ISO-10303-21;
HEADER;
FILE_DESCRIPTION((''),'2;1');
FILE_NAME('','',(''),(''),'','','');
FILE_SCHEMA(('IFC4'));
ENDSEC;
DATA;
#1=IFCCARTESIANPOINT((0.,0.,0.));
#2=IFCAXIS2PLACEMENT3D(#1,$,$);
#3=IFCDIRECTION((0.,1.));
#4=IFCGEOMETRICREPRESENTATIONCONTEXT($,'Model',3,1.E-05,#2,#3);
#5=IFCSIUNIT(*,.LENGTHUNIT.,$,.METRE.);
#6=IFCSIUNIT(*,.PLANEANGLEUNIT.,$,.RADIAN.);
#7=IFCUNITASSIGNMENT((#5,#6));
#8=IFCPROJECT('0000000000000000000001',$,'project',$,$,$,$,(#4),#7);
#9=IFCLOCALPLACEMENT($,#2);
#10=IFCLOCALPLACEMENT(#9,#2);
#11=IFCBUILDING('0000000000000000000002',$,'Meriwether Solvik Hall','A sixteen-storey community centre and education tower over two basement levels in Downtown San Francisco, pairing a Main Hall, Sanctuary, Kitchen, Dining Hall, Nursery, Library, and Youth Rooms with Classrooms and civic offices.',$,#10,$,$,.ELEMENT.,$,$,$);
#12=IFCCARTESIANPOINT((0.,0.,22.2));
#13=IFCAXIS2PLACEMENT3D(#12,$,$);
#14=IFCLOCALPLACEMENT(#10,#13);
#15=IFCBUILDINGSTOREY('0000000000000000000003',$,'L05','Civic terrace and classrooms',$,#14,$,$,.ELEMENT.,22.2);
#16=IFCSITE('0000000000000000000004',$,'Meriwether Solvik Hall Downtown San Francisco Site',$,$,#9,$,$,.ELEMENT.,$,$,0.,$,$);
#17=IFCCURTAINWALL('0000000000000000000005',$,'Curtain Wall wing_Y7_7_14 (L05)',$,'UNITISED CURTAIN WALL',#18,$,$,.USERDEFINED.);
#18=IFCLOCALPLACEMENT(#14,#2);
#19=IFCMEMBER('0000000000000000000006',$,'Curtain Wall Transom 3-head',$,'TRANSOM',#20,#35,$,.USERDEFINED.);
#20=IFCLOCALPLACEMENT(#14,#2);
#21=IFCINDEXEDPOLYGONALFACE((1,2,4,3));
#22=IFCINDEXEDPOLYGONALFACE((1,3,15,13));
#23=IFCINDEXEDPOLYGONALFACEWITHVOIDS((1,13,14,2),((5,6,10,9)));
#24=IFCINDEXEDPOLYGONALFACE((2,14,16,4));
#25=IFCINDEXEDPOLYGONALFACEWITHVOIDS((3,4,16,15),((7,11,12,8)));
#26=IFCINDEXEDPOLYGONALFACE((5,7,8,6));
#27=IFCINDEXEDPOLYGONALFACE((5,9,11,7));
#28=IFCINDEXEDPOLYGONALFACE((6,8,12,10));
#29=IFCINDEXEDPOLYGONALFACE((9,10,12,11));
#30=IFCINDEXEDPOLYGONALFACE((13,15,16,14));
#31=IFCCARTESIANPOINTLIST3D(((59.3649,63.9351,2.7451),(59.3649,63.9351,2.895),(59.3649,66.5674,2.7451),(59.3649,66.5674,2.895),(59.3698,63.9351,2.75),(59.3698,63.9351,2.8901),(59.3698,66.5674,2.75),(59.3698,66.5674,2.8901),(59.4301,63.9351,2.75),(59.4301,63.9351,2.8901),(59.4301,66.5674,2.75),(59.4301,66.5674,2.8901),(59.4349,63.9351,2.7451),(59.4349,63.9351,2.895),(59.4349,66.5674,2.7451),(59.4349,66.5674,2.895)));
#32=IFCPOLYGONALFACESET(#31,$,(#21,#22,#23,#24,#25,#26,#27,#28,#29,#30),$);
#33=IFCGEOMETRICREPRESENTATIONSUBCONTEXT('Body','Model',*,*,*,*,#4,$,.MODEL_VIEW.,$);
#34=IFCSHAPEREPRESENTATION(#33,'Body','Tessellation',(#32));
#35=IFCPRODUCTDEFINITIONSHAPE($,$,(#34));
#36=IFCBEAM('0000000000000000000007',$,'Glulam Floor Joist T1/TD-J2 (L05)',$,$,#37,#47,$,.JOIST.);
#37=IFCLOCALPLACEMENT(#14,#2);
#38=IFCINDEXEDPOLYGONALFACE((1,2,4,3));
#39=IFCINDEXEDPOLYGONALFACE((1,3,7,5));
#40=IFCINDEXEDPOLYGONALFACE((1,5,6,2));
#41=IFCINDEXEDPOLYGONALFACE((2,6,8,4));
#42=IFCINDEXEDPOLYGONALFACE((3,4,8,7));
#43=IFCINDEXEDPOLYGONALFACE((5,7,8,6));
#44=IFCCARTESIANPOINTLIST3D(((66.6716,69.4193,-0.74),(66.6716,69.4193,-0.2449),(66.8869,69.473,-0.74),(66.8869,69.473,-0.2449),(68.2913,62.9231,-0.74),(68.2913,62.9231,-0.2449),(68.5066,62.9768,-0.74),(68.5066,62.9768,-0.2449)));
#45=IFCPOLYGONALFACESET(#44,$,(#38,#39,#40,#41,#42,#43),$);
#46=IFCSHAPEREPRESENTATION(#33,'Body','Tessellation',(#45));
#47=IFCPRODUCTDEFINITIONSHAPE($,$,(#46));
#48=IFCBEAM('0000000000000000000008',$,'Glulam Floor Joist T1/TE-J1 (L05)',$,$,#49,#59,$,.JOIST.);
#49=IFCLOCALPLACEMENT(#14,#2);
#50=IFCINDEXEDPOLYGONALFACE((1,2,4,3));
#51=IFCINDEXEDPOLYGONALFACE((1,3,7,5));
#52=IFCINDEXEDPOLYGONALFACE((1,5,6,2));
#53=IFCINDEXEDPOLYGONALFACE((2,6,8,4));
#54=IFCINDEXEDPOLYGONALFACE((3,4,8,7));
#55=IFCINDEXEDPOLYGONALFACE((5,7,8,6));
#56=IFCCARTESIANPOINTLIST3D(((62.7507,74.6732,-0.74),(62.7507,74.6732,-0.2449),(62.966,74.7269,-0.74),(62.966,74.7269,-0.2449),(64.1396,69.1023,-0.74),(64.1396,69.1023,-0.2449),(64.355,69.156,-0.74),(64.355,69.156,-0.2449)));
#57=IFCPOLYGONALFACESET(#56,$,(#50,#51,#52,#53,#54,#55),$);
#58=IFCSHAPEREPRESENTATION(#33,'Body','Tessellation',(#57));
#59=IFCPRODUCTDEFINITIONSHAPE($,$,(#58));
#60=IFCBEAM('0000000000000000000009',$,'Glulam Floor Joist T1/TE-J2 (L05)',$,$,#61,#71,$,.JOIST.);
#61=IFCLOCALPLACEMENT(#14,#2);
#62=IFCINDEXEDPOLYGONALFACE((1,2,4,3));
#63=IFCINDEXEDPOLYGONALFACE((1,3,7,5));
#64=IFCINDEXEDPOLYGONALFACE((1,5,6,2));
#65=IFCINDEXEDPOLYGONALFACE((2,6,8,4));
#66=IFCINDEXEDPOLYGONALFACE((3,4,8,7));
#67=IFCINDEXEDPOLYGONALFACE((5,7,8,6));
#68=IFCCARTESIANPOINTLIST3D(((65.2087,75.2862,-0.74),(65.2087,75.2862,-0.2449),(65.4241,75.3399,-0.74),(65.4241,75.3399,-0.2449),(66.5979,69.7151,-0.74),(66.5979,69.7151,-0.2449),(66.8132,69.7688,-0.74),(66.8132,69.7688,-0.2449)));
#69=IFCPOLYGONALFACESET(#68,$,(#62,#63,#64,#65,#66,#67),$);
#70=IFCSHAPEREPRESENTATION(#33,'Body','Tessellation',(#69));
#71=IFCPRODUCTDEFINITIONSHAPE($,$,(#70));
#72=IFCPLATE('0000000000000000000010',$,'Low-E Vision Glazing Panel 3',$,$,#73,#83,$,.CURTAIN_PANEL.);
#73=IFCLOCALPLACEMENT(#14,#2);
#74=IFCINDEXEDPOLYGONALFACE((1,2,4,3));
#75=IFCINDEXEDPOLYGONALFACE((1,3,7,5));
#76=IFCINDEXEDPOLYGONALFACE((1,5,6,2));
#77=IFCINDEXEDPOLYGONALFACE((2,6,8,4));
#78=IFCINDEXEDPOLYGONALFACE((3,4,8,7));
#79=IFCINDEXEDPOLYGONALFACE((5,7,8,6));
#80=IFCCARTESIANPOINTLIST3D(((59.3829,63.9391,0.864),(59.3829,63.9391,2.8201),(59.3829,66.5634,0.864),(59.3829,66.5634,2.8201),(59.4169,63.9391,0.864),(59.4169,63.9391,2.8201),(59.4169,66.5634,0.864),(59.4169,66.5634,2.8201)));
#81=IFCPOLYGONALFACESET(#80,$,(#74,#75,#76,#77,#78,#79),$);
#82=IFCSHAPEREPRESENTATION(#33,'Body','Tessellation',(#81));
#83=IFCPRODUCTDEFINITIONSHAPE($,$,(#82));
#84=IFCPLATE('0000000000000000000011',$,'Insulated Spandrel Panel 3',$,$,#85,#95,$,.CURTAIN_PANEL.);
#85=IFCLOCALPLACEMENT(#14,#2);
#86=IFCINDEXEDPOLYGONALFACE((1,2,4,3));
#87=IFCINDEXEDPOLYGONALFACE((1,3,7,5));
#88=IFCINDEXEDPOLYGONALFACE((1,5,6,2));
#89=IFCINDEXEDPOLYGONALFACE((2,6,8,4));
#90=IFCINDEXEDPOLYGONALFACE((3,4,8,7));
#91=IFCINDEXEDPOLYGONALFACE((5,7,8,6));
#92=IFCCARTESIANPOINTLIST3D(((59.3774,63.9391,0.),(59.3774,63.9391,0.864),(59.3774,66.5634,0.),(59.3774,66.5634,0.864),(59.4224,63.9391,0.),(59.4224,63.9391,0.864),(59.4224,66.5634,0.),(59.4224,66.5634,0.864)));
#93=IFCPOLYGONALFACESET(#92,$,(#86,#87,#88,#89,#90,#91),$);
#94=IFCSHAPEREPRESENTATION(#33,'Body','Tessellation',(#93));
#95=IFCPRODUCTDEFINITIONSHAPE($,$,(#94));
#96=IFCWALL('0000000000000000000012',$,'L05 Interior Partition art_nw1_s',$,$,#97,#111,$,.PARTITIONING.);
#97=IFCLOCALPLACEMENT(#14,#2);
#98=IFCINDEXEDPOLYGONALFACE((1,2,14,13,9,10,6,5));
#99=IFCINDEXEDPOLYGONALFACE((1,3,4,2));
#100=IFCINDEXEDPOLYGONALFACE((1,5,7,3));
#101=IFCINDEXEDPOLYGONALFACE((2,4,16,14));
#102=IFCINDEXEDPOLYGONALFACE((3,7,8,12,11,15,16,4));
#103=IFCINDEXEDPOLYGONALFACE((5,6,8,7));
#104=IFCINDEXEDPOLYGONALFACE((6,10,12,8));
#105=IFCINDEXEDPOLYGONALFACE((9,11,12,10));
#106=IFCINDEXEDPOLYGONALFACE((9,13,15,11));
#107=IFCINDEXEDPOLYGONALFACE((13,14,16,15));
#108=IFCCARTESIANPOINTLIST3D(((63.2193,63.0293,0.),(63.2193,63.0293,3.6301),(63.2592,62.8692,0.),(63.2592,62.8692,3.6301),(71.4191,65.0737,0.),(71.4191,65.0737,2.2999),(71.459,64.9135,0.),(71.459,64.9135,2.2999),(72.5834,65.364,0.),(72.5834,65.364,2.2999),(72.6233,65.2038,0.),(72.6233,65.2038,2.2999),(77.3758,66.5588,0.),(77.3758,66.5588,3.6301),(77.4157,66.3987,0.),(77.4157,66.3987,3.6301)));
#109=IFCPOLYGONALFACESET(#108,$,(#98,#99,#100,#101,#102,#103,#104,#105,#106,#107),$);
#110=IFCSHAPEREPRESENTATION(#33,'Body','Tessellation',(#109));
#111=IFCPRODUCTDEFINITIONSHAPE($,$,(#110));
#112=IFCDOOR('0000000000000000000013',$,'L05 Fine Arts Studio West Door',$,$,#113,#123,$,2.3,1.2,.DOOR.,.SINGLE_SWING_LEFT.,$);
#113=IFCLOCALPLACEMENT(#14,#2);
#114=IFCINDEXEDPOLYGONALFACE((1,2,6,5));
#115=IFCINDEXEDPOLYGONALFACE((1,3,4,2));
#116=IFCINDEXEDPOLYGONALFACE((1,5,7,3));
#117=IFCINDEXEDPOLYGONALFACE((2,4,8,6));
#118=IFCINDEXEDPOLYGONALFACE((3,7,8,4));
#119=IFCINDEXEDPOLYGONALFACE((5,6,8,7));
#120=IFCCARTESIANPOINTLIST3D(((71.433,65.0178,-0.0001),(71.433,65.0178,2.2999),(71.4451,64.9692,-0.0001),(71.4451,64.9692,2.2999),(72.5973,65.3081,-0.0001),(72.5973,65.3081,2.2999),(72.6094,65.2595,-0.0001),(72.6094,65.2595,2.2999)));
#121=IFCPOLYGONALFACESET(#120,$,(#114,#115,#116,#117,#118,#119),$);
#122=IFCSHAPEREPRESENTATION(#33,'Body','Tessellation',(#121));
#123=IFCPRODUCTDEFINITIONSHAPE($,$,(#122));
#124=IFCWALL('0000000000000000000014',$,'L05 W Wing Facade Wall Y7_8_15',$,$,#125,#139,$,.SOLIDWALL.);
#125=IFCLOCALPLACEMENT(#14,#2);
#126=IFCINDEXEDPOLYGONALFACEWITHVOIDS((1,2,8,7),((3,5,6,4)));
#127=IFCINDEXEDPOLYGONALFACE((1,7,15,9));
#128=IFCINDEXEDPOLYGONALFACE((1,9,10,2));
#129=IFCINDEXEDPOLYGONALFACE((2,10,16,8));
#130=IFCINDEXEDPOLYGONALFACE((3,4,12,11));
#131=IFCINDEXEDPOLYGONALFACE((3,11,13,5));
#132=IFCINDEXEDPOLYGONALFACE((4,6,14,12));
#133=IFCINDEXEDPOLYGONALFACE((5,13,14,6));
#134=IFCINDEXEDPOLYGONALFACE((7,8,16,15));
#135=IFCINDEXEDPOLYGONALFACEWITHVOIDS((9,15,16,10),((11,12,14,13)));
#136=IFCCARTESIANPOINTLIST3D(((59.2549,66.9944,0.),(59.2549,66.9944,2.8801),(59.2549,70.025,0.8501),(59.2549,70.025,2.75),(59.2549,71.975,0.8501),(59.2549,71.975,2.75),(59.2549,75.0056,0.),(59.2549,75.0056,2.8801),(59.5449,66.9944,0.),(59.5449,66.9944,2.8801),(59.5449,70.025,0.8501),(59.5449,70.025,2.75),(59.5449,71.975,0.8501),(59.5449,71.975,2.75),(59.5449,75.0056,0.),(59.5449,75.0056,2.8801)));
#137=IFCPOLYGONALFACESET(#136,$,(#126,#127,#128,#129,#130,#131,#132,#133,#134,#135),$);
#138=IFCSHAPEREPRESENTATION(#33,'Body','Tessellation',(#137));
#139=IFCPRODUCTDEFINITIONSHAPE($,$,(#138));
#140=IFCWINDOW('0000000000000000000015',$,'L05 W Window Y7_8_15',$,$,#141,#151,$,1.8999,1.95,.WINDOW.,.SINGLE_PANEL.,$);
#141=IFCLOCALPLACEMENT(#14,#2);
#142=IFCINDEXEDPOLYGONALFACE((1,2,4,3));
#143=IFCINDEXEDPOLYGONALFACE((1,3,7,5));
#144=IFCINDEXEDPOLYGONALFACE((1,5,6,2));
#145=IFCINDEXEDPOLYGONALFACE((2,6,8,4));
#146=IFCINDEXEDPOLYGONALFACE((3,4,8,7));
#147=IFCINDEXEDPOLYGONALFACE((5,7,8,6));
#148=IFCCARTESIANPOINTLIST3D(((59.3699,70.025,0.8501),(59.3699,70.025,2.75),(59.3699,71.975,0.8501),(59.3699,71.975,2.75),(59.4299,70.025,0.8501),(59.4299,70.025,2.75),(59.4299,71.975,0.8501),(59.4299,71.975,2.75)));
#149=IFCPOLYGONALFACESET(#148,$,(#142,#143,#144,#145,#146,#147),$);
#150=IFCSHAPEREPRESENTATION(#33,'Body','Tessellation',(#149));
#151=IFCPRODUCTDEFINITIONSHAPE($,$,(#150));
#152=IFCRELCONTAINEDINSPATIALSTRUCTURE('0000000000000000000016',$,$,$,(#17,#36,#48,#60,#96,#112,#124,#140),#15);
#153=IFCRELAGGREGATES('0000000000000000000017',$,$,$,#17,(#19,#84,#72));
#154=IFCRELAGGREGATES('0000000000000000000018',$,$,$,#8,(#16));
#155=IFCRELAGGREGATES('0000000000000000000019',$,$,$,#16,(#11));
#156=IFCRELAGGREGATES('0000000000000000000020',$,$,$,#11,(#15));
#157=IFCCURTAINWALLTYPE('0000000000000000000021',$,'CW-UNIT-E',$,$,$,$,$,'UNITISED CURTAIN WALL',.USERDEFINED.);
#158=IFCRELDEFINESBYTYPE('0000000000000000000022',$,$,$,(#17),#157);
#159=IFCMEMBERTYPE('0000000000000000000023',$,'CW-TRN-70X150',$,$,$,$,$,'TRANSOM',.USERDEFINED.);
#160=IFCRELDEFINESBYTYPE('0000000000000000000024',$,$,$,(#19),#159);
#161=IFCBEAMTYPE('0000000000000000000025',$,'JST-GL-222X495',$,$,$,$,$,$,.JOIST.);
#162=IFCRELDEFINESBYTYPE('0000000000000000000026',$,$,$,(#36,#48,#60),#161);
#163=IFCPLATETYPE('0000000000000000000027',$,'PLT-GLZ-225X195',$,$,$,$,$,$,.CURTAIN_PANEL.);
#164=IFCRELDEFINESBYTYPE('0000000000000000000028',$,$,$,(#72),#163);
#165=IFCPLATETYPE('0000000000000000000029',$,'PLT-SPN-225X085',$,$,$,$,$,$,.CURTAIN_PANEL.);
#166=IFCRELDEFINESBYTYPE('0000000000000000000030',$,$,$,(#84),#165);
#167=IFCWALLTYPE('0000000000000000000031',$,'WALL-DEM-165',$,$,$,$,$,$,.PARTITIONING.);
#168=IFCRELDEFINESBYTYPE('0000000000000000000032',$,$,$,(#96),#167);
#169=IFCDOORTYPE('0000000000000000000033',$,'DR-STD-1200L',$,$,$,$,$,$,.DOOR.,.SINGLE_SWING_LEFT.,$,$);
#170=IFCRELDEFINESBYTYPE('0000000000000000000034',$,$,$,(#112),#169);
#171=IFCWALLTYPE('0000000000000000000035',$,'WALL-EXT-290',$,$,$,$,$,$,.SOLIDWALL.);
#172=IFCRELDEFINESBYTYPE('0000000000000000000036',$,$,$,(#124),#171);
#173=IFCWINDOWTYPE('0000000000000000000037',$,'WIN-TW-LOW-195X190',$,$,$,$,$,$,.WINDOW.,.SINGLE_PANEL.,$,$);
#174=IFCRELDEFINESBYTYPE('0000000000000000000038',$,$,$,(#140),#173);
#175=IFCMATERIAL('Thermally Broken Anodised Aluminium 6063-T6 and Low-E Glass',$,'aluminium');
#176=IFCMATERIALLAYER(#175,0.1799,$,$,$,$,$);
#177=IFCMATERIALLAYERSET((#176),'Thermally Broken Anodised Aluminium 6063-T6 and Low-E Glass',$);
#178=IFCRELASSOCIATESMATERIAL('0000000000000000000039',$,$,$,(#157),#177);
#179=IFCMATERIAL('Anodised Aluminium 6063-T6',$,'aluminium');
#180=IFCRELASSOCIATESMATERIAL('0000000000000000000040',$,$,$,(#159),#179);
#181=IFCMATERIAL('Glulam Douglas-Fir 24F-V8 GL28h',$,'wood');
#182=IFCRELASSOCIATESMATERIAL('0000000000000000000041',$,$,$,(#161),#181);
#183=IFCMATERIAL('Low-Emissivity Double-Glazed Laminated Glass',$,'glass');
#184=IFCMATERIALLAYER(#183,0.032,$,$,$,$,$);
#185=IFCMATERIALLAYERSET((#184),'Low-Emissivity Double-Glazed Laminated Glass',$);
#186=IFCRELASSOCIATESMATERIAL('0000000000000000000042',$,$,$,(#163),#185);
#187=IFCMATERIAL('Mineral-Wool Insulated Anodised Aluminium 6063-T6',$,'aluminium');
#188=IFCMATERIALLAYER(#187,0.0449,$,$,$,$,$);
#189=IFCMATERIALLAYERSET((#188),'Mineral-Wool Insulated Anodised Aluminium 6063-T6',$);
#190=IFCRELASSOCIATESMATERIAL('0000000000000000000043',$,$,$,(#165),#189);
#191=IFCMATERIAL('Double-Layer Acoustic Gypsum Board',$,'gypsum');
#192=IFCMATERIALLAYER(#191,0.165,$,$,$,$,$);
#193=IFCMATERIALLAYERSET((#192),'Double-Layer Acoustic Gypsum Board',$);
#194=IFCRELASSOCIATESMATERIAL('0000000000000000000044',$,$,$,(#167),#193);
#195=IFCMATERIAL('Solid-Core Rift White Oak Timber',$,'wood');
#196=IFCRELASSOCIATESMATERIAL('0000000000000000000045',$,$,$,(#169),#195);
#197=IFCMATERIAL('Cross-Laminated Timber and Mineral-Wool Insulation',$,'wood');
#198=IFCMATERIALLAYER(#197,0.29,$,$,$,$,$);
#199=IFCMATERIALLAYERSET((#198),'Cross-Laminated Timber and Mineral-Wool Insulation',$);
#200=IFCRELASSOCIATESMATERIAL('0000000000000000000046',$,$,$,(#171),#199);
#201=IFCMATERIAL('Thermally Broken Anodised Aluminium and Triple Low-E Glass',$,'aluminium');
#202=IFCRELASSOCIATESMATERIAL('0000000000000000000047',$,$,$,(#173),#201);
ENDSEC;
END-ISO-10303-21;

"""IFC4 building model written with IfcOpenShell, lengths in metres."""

from ifc_helpers import new_model, si_unit, direction, frame, frame_2d, origin, origin_2d, place, context, subcontext, project, spatial, rectangle, hollow_rectangle, extrude, material, layer, layer_set, material_profile, profile_set, type_object, element, fill, aggregate, save


model = new_model("IFC4")

# Units and contexts
model_context = context("Model", 3, precision=1e-05, world=origin(), true_north=direction((0.0, 1.0)))
body_context = subcontext(model_context, "Body", "Model", "MODEL_VIEW")
ifc_project = project(units=[si_unit("LENGTHUNIT", "METRE"), si_unit("PLANEANGLEUNIT", "RADIAN")], contexts=[model_context])

# Site, building, storey
site_placement = place(None, origin())
site = spatial("IfcSite", under=ifc_project, at=site_placement, Name="Meriwether Solvik Hall Downtown San Francisco Site", CompositionType="ELEMENT", RefElevation=0.0)
building_placement = place(site_placement, origin())
building = spatial("IfcBuilding", under=site, at=building_placement, Name="Meriwether Solvik Hall", Description="A sixteen-storey community centre and education tower over two basement levels in Downtown San Francisco, pairing a Main Hall, Sanctuary, Kitchen, Dining Hall, Nursery, Library, and Youth Rooms with Classrooms and civic offices.", CompositionType="ELEMENT")
storey_placement = place(building_placement, frame((0.0, 0.0, 22.2)))
storey = spatial("IfcBuildingStorey", under=building, at=storey_placement, Name="L05", Description="Civic terrace and classrooms", CompositionType="ELEMENT", Elevation=22.2)

# Curtain wall, member
ifc_material_1 = material(Name="Thermally Broken Anodised Aluminium 6063-T6 and Low-E Glass", Category="aluminium")
ifc_layer_1 = layer(ifc_material_1, 0.1799)
ifc_layer_set_1 = layer_set([ifc_layer_1], Name="Thermally Broken Anodised Aluminium 6063-T6 and Low-E Glass")
curtain_wall_type = type_object("IfcCurtainWallType", Name="CW-UNIT-E", ElementType="UNITISED CURTAIN WALL", PredefinedType="USERDEFINED", material=ifc_layer_set_1)
curtain_wall_placement = place(storey_placement, origin())
curtain_wall = element("IfcCurtainWall", 1, at=curtain_wall_placement, inside=storey, type_object=curtain_wall_type, Name="Curtain Wall wing_Y7_7_14 (L05)", ObjectType="UNITISED CURTAIN WALL", PredefinedType="USERDEFINED")
ifc_material_2 = material(Name="Anodised Aluminium 6063-T6", Category="aluminium")
ifc_material_profile_1 = material_profile(ifc_material_2, hollow_rectangle(XDim=0.0701, YDim=0.1499, WallThickness=0.0049, at=origin_2d()), Name="CWT-70X150")
ifc_profile_set_1 = profile_set([ifc_material_profile_1], Name="Anodised Aluminium 6063-T6")
member_type_1 = type_object("IfcMemberType", Name="CW-TRN-70X150", ElementType="TRANSOM", PredefinedType="USERDEFINED", material=ifc_profile_set_1)
member_1_placement = place(storey_placement, frame((59.3999, 63.9351, 2.8201), z_axis=(0.0, 1.0, 0.0), x_axis=(-1.0, 0.0, 0.0)))
member_1 = element("IfcMember", 2, at=member_1_placement, type_object=member_type_1, Name="Curtain Wall Transom 3-head", ObjectType="TRANSOM", PredefinedType="USERDEFINED", context=body_context, shape_type="SweptSolid", body=[
    extrude(hollow_rectangle(XDim=0.0701, YDim=0.1499, WallThickness=0.0049, at=origin_2d()), origin(), (0.0, 0.0, 1.0), 2.6323),
])

# Beams
ifc_material_3 = material(Name="Glulam Douglas-Fir 24F-V8 GL28h", Category="wood")
ifc_material_profile_2 = material_profile(ifc_material_3, rectangle(XDim=0.2219, YDim=0.4951, at=origin_2d()), Name="GLJ-222X495")
ifc_profile_set_2 = profile_set([ifc_material_profile_2], Name="Glulam Douglas-Fir 24F-V8 GL28h")
beam_type_1 = type_object("IfcBeamType", Name="JST-GL-222X495", PredefinedType="JOIST", material=ifc_profile_set_2)
beam_1_placement = place(storey_placement, frame((68.3989, 62.95, -0.4924), z_axis=(-0.241918, 0.970297, 0.0), x_axis=(-0.970297, -0.241918, 0.0)))
element("IfcBeam", 3, at=beam_1_placement, inside=storey, type_object=beam_type_1, Name="Glulam Floor Joist T1/TD-J2 (L05)", PredefinedType="JOIST", context=body_context, shape_type="SweptSolid", body=[
    extrude(rectangle(XDim=0.2219, YDim=0.4951, at=origin_2d()), origin(), (0.0, 0.0, 1.0), 6.6951),
])
beam_2_placement = place(storey_placement, frame((64.2473, 69.1292, -0.4924), z_axis=(-0.241915, 0.970297, 0.0), x_axis=(-0.970297, -0.241915, 0.0)))
element("IfcBeam", 4, at=beam_2_placement, inside=storey, type_object=beam_type_1, Name="Glulam Floor Joist T1/TE-J1 (L05)", PredefinedType="JOIST", context=body_context, shape_type="SweptSolid", body=[
    extrude(rectangle(XDim=0.2219, YDim=0.4951, at=origin_2d()), origin(), (0.0, 0.0, 1.0), 5.7415),
])
beam_3_placement = place(storey_placement, frame((66.7056, 69.7419, -0.4924), z_axis=(-0.241945, 0.97029, 0.0), x_axis=(-0.97029, -0.241945, 0.0)))
element("IfcBeam", 5, at=beam_3_placement, inside=storey, type_object=beam_type_1, Name="Glulam Floor Joist T1/TE-J2 (L05)", PredefinedType="JOIST", context=body_context, shape_type="SweptSolid", body=[
    extrude(rectangle(XDim=0.2219, YDim=0.4951, at=origin_2d()), origin(), (0.0, 0.0, 1.0), 5.7417),
])

# Plates
ifc_material_4 = material(Name="Low-Emissivity Double-Glazed Laminated Glass", Category="glass")
ifc_layer_2 = layer(ifc_material_4, 0.032)
ifc_layer_set_2 = layer_set([ifc_layer_2], Name="Low-Emissivity Double-Glazed Laminated Glass")
plate_type_1 = type_object("IfcPlateType", Name="PLT-GLZ-225X195", PredefinedType="CURTAIN_PANEL", material=ifc_layer_set_2)
plate_1_placement = place(storey_placement, frame((59.3999, 65.2512, 0.864), z_axis=(0.0, 0.0, 1.0), x_axis=(0.0, 1.0, 0.0)))
plate_1 = element("IfcPlate", 6, at=plate_1_placement, type_object=plate_type_1, Name="Low-E Vision Glazing Panel 3", PredefinedType="CURTAIN_PANEL", context=body_context, shape_type="SweptSolid", body=[
    extrude(rectangle(XDim=2.6243, YDim=0.0339, at=origin_2d()), origin(), (0.0, 0.0, 1.0), 1.9561),
])
ifc_material_5 = material(Name="Mineral-Wool Insulated Anodised Aluminium 6063-T6", Category="aluminium")
ifc_layer_3 = layer(ifc_material_5, 0.0449)
ifc_layer_set_3 = layer_set([ifc_layer_3], Name="Mineral-Wool Insulated Anodised Aluminium 6063-T6")
plate_type_2 = type_object("IfcPlateType", Name="PLT-SPN-225X085", PredefinedType="CURTAIN_PANEL", material=ifc_layer_set_3)
plate_2_placement = place(storey_placement, frame((59.3999, 65.2512, 0.0), z_axis=(0.0, 0.0, 1.0), x_axis=(0.0, 1.0, 0.0)))
plate_2 = element("IfcPlate", 7, at=plate_2_placement, type_object=plate_type_2, Name="Insulated Spandrel Panel 3", PredefinedType="CURTAIN_PANEL", context=body_context, shape_type="SweptSolid", body=[
    extrude(rectangle(XDim=2.6243, YDim=0.0449, at=origin_2d()), origin(), (0.0, 0.0, 1.0), 0.864),
])
aggregate(curtain_wall, [member_1, plate_2, plate_1])

# Wall, opening, door
ifc_material_6 = material(Name="Double-Layer Acoustic Gypsum Board", Category="gypsum")
ifc_layer_4 = layer(ifc_material_6, 0.165)
ifc_layer_set_4 = layer_set([ifc_layer_4], Name="Double-Layer Acoustic Gypsum Board")
wall_type_1 = type_object("IfcWallType", Name="WALL-DEM-165", PredefinedType="PARTITIONING", material=ifc_layer_set_4)
wall_1_placement = place(storey_placement, frame((63.2393, 62.9492, 0.0), z_axis=(0.0, 0.0, 1.0), x_axis=(0.970297, 0.241917, 0.0)))
wall_1 = element("IfcWall", 8, at=wall_1_placement, inside=storey, type_object=wall_type_1, Name="L05 Interior Partition art_nw1_s", PredefinedType="PARTITIONING", context=body_context, shape_type="SweptSolid", body=[
    extrude(rectangle(XDim=14.5898, YDim=0.165, at=frame_2d((7.2949, 0.0))), origin(), (0.0, 0.0, 1.0), 3.6301),
])
opening_1_placement = place(wall_1_placement, frame((8.4507, 0.0, 0.0)))
opening_1 = element("IfcOpeningElement", 9, at=opening_1_placement, cuts=wall_1, PredefinedType="OPENING", context=body_context, shape_type="SweptSolid", body=[
    extrude(rectangle(XDim=1.2, YDim=2.3, at=frame_2d((0.6001, 1.1499))), frame((0.0, 0.0945, 0.0), z_axis=(0.0, -1.0, 0.0), x_axis=(1.0, 0.0, 0.0)), (0.0, 0.0, 1.0), 0.189),
])
ifc_material_7 = material(Name="Solid-Core Rift White Oak Timber", Category="wood")
door_type_1 = type_object("IfcDoorType", Name="DR-STD-1200L", OperationType="SINGLE_SWING_LEFT", PredefinedType="DOOR", material=ifc_material_7)
door_1_placement = place(opening_1_placement, origin())
door_1 = element("IfcDoor", 10, at=door_1_placement, inside=storey, type_object=door_type_1, Name="L05 Fine Arts Studio West Door", OperationType="SINGLE_SWING_LEFT", OverallHeight=2.3, OverallWidth=1.2, PredefinedType="DOOR", context=body_context, shape_type="SweptSolid", body=[
    extrude(rectangle(XDim=1.2, YDim=2.3, at=frame_2d((0.6001, 1.1499))), frame((0.0, 0.0249, 0.0), z_axis=(0.0, -1.0, 0.0), x_axis=(1.0, 0.0, 0.0)), (0.0, 0.0, 1.0), 0.05),
])
fill(opening_1, door_1)

# Wall, opening, window
ifc_material_8 = material(Name="Cross-Laminated Timber and Mineral-Wool Insulation", Category="wood")
ifc_layer_5 = layer(ifc_material_8, 0.29)
ifc_layer_set_5 = layer_set([ifc_layer_5], Name="Cross-Laminated Timber and Mineral-Wool Insulation")
wall_type_2 = type_object("IfcWallType", Name="WALL-EXT-290", PredefinedType="SOLIDWALL", material=ifc_layer_set_5)
wall_2_placement = place(storey_placement, frame((59.3999, 66.9944, 0.0), z_axis=(0.0, 0.0, 1.0), x_axis=(0.0, 1.0, 0.0)))
wall_2 = element("IfcWall", 11, at=wall_2_placement, inside=storey, type_object=wall_type_2, Name="L05 W Wing Facade Wall Y7_8_15", PredefinedType="SOLIDWALL", context=body_context, shape_type="SweptSolid", body=[
    extrude(rectangle(XDim=8.0112, YDim=0.29, at=frame_2d((4.0056, 0.0))), origin(), (0.0, 0.0, 1.0), 2.8801),
])
opening_2_placement = place(wall_2_placement, frame((3.0305, 0.0, 0.8501)))
opening_2 = element("IfcOpeningElement", 12, at=opening_2_placement, cuts=wall_2, PredefinedType="OPENING", context=body_context, shape_type="SweptSolid", body=[
    extrude(rectangle(XDim=1.95, YDim=1.8999, at=frame_2d((0.9751, 0.95))), frame((0.0, 0.157, 0.0), z_axis=(0.0, -1.0, 0.0), x_axis=(1.0, 0.0, 0.0)), (0.0, 0.0, 1.0), 0.314),
])
ifc_material_9 = material(Name="Thermally Broken Anodised Aluminium and Triple Low-E Glass", Category="aluminium")
window_type = type_object("IfcWindowType", Name="WIN-TW-LOW-195X190", PartitioningType="SINGLE_PANEL", PredefinedType="WINDOW", material=ifc_material_9)
window_placement = place(opening_2_placement, origin())
window = element("IfcWindow", 13, at=window_placement, inside=storey, type_object=window_type, Name="L05 W Window Y7_8_15", OverallHeight=1.8999, OverallWidth=1.95, PartitioningType="SINGLE_PANEL", PredefinedType="WINDOW", context=body_context, shape_type="SweptSolid", body=[
    extrude(rectangle(XDim=1.95, YDim=1.8999, at=frame_2d((0.9751, 0.95))), frame((0.0, 0.03, 0.0), z_axis=(0.0, -1.0, 0.0), x_axis=(1.0, 0.0, 0.0)), (0.0, 0.0, 1.0), 0.0601),
])
fill(opening_2, window)

save(model, "model.ifc")
